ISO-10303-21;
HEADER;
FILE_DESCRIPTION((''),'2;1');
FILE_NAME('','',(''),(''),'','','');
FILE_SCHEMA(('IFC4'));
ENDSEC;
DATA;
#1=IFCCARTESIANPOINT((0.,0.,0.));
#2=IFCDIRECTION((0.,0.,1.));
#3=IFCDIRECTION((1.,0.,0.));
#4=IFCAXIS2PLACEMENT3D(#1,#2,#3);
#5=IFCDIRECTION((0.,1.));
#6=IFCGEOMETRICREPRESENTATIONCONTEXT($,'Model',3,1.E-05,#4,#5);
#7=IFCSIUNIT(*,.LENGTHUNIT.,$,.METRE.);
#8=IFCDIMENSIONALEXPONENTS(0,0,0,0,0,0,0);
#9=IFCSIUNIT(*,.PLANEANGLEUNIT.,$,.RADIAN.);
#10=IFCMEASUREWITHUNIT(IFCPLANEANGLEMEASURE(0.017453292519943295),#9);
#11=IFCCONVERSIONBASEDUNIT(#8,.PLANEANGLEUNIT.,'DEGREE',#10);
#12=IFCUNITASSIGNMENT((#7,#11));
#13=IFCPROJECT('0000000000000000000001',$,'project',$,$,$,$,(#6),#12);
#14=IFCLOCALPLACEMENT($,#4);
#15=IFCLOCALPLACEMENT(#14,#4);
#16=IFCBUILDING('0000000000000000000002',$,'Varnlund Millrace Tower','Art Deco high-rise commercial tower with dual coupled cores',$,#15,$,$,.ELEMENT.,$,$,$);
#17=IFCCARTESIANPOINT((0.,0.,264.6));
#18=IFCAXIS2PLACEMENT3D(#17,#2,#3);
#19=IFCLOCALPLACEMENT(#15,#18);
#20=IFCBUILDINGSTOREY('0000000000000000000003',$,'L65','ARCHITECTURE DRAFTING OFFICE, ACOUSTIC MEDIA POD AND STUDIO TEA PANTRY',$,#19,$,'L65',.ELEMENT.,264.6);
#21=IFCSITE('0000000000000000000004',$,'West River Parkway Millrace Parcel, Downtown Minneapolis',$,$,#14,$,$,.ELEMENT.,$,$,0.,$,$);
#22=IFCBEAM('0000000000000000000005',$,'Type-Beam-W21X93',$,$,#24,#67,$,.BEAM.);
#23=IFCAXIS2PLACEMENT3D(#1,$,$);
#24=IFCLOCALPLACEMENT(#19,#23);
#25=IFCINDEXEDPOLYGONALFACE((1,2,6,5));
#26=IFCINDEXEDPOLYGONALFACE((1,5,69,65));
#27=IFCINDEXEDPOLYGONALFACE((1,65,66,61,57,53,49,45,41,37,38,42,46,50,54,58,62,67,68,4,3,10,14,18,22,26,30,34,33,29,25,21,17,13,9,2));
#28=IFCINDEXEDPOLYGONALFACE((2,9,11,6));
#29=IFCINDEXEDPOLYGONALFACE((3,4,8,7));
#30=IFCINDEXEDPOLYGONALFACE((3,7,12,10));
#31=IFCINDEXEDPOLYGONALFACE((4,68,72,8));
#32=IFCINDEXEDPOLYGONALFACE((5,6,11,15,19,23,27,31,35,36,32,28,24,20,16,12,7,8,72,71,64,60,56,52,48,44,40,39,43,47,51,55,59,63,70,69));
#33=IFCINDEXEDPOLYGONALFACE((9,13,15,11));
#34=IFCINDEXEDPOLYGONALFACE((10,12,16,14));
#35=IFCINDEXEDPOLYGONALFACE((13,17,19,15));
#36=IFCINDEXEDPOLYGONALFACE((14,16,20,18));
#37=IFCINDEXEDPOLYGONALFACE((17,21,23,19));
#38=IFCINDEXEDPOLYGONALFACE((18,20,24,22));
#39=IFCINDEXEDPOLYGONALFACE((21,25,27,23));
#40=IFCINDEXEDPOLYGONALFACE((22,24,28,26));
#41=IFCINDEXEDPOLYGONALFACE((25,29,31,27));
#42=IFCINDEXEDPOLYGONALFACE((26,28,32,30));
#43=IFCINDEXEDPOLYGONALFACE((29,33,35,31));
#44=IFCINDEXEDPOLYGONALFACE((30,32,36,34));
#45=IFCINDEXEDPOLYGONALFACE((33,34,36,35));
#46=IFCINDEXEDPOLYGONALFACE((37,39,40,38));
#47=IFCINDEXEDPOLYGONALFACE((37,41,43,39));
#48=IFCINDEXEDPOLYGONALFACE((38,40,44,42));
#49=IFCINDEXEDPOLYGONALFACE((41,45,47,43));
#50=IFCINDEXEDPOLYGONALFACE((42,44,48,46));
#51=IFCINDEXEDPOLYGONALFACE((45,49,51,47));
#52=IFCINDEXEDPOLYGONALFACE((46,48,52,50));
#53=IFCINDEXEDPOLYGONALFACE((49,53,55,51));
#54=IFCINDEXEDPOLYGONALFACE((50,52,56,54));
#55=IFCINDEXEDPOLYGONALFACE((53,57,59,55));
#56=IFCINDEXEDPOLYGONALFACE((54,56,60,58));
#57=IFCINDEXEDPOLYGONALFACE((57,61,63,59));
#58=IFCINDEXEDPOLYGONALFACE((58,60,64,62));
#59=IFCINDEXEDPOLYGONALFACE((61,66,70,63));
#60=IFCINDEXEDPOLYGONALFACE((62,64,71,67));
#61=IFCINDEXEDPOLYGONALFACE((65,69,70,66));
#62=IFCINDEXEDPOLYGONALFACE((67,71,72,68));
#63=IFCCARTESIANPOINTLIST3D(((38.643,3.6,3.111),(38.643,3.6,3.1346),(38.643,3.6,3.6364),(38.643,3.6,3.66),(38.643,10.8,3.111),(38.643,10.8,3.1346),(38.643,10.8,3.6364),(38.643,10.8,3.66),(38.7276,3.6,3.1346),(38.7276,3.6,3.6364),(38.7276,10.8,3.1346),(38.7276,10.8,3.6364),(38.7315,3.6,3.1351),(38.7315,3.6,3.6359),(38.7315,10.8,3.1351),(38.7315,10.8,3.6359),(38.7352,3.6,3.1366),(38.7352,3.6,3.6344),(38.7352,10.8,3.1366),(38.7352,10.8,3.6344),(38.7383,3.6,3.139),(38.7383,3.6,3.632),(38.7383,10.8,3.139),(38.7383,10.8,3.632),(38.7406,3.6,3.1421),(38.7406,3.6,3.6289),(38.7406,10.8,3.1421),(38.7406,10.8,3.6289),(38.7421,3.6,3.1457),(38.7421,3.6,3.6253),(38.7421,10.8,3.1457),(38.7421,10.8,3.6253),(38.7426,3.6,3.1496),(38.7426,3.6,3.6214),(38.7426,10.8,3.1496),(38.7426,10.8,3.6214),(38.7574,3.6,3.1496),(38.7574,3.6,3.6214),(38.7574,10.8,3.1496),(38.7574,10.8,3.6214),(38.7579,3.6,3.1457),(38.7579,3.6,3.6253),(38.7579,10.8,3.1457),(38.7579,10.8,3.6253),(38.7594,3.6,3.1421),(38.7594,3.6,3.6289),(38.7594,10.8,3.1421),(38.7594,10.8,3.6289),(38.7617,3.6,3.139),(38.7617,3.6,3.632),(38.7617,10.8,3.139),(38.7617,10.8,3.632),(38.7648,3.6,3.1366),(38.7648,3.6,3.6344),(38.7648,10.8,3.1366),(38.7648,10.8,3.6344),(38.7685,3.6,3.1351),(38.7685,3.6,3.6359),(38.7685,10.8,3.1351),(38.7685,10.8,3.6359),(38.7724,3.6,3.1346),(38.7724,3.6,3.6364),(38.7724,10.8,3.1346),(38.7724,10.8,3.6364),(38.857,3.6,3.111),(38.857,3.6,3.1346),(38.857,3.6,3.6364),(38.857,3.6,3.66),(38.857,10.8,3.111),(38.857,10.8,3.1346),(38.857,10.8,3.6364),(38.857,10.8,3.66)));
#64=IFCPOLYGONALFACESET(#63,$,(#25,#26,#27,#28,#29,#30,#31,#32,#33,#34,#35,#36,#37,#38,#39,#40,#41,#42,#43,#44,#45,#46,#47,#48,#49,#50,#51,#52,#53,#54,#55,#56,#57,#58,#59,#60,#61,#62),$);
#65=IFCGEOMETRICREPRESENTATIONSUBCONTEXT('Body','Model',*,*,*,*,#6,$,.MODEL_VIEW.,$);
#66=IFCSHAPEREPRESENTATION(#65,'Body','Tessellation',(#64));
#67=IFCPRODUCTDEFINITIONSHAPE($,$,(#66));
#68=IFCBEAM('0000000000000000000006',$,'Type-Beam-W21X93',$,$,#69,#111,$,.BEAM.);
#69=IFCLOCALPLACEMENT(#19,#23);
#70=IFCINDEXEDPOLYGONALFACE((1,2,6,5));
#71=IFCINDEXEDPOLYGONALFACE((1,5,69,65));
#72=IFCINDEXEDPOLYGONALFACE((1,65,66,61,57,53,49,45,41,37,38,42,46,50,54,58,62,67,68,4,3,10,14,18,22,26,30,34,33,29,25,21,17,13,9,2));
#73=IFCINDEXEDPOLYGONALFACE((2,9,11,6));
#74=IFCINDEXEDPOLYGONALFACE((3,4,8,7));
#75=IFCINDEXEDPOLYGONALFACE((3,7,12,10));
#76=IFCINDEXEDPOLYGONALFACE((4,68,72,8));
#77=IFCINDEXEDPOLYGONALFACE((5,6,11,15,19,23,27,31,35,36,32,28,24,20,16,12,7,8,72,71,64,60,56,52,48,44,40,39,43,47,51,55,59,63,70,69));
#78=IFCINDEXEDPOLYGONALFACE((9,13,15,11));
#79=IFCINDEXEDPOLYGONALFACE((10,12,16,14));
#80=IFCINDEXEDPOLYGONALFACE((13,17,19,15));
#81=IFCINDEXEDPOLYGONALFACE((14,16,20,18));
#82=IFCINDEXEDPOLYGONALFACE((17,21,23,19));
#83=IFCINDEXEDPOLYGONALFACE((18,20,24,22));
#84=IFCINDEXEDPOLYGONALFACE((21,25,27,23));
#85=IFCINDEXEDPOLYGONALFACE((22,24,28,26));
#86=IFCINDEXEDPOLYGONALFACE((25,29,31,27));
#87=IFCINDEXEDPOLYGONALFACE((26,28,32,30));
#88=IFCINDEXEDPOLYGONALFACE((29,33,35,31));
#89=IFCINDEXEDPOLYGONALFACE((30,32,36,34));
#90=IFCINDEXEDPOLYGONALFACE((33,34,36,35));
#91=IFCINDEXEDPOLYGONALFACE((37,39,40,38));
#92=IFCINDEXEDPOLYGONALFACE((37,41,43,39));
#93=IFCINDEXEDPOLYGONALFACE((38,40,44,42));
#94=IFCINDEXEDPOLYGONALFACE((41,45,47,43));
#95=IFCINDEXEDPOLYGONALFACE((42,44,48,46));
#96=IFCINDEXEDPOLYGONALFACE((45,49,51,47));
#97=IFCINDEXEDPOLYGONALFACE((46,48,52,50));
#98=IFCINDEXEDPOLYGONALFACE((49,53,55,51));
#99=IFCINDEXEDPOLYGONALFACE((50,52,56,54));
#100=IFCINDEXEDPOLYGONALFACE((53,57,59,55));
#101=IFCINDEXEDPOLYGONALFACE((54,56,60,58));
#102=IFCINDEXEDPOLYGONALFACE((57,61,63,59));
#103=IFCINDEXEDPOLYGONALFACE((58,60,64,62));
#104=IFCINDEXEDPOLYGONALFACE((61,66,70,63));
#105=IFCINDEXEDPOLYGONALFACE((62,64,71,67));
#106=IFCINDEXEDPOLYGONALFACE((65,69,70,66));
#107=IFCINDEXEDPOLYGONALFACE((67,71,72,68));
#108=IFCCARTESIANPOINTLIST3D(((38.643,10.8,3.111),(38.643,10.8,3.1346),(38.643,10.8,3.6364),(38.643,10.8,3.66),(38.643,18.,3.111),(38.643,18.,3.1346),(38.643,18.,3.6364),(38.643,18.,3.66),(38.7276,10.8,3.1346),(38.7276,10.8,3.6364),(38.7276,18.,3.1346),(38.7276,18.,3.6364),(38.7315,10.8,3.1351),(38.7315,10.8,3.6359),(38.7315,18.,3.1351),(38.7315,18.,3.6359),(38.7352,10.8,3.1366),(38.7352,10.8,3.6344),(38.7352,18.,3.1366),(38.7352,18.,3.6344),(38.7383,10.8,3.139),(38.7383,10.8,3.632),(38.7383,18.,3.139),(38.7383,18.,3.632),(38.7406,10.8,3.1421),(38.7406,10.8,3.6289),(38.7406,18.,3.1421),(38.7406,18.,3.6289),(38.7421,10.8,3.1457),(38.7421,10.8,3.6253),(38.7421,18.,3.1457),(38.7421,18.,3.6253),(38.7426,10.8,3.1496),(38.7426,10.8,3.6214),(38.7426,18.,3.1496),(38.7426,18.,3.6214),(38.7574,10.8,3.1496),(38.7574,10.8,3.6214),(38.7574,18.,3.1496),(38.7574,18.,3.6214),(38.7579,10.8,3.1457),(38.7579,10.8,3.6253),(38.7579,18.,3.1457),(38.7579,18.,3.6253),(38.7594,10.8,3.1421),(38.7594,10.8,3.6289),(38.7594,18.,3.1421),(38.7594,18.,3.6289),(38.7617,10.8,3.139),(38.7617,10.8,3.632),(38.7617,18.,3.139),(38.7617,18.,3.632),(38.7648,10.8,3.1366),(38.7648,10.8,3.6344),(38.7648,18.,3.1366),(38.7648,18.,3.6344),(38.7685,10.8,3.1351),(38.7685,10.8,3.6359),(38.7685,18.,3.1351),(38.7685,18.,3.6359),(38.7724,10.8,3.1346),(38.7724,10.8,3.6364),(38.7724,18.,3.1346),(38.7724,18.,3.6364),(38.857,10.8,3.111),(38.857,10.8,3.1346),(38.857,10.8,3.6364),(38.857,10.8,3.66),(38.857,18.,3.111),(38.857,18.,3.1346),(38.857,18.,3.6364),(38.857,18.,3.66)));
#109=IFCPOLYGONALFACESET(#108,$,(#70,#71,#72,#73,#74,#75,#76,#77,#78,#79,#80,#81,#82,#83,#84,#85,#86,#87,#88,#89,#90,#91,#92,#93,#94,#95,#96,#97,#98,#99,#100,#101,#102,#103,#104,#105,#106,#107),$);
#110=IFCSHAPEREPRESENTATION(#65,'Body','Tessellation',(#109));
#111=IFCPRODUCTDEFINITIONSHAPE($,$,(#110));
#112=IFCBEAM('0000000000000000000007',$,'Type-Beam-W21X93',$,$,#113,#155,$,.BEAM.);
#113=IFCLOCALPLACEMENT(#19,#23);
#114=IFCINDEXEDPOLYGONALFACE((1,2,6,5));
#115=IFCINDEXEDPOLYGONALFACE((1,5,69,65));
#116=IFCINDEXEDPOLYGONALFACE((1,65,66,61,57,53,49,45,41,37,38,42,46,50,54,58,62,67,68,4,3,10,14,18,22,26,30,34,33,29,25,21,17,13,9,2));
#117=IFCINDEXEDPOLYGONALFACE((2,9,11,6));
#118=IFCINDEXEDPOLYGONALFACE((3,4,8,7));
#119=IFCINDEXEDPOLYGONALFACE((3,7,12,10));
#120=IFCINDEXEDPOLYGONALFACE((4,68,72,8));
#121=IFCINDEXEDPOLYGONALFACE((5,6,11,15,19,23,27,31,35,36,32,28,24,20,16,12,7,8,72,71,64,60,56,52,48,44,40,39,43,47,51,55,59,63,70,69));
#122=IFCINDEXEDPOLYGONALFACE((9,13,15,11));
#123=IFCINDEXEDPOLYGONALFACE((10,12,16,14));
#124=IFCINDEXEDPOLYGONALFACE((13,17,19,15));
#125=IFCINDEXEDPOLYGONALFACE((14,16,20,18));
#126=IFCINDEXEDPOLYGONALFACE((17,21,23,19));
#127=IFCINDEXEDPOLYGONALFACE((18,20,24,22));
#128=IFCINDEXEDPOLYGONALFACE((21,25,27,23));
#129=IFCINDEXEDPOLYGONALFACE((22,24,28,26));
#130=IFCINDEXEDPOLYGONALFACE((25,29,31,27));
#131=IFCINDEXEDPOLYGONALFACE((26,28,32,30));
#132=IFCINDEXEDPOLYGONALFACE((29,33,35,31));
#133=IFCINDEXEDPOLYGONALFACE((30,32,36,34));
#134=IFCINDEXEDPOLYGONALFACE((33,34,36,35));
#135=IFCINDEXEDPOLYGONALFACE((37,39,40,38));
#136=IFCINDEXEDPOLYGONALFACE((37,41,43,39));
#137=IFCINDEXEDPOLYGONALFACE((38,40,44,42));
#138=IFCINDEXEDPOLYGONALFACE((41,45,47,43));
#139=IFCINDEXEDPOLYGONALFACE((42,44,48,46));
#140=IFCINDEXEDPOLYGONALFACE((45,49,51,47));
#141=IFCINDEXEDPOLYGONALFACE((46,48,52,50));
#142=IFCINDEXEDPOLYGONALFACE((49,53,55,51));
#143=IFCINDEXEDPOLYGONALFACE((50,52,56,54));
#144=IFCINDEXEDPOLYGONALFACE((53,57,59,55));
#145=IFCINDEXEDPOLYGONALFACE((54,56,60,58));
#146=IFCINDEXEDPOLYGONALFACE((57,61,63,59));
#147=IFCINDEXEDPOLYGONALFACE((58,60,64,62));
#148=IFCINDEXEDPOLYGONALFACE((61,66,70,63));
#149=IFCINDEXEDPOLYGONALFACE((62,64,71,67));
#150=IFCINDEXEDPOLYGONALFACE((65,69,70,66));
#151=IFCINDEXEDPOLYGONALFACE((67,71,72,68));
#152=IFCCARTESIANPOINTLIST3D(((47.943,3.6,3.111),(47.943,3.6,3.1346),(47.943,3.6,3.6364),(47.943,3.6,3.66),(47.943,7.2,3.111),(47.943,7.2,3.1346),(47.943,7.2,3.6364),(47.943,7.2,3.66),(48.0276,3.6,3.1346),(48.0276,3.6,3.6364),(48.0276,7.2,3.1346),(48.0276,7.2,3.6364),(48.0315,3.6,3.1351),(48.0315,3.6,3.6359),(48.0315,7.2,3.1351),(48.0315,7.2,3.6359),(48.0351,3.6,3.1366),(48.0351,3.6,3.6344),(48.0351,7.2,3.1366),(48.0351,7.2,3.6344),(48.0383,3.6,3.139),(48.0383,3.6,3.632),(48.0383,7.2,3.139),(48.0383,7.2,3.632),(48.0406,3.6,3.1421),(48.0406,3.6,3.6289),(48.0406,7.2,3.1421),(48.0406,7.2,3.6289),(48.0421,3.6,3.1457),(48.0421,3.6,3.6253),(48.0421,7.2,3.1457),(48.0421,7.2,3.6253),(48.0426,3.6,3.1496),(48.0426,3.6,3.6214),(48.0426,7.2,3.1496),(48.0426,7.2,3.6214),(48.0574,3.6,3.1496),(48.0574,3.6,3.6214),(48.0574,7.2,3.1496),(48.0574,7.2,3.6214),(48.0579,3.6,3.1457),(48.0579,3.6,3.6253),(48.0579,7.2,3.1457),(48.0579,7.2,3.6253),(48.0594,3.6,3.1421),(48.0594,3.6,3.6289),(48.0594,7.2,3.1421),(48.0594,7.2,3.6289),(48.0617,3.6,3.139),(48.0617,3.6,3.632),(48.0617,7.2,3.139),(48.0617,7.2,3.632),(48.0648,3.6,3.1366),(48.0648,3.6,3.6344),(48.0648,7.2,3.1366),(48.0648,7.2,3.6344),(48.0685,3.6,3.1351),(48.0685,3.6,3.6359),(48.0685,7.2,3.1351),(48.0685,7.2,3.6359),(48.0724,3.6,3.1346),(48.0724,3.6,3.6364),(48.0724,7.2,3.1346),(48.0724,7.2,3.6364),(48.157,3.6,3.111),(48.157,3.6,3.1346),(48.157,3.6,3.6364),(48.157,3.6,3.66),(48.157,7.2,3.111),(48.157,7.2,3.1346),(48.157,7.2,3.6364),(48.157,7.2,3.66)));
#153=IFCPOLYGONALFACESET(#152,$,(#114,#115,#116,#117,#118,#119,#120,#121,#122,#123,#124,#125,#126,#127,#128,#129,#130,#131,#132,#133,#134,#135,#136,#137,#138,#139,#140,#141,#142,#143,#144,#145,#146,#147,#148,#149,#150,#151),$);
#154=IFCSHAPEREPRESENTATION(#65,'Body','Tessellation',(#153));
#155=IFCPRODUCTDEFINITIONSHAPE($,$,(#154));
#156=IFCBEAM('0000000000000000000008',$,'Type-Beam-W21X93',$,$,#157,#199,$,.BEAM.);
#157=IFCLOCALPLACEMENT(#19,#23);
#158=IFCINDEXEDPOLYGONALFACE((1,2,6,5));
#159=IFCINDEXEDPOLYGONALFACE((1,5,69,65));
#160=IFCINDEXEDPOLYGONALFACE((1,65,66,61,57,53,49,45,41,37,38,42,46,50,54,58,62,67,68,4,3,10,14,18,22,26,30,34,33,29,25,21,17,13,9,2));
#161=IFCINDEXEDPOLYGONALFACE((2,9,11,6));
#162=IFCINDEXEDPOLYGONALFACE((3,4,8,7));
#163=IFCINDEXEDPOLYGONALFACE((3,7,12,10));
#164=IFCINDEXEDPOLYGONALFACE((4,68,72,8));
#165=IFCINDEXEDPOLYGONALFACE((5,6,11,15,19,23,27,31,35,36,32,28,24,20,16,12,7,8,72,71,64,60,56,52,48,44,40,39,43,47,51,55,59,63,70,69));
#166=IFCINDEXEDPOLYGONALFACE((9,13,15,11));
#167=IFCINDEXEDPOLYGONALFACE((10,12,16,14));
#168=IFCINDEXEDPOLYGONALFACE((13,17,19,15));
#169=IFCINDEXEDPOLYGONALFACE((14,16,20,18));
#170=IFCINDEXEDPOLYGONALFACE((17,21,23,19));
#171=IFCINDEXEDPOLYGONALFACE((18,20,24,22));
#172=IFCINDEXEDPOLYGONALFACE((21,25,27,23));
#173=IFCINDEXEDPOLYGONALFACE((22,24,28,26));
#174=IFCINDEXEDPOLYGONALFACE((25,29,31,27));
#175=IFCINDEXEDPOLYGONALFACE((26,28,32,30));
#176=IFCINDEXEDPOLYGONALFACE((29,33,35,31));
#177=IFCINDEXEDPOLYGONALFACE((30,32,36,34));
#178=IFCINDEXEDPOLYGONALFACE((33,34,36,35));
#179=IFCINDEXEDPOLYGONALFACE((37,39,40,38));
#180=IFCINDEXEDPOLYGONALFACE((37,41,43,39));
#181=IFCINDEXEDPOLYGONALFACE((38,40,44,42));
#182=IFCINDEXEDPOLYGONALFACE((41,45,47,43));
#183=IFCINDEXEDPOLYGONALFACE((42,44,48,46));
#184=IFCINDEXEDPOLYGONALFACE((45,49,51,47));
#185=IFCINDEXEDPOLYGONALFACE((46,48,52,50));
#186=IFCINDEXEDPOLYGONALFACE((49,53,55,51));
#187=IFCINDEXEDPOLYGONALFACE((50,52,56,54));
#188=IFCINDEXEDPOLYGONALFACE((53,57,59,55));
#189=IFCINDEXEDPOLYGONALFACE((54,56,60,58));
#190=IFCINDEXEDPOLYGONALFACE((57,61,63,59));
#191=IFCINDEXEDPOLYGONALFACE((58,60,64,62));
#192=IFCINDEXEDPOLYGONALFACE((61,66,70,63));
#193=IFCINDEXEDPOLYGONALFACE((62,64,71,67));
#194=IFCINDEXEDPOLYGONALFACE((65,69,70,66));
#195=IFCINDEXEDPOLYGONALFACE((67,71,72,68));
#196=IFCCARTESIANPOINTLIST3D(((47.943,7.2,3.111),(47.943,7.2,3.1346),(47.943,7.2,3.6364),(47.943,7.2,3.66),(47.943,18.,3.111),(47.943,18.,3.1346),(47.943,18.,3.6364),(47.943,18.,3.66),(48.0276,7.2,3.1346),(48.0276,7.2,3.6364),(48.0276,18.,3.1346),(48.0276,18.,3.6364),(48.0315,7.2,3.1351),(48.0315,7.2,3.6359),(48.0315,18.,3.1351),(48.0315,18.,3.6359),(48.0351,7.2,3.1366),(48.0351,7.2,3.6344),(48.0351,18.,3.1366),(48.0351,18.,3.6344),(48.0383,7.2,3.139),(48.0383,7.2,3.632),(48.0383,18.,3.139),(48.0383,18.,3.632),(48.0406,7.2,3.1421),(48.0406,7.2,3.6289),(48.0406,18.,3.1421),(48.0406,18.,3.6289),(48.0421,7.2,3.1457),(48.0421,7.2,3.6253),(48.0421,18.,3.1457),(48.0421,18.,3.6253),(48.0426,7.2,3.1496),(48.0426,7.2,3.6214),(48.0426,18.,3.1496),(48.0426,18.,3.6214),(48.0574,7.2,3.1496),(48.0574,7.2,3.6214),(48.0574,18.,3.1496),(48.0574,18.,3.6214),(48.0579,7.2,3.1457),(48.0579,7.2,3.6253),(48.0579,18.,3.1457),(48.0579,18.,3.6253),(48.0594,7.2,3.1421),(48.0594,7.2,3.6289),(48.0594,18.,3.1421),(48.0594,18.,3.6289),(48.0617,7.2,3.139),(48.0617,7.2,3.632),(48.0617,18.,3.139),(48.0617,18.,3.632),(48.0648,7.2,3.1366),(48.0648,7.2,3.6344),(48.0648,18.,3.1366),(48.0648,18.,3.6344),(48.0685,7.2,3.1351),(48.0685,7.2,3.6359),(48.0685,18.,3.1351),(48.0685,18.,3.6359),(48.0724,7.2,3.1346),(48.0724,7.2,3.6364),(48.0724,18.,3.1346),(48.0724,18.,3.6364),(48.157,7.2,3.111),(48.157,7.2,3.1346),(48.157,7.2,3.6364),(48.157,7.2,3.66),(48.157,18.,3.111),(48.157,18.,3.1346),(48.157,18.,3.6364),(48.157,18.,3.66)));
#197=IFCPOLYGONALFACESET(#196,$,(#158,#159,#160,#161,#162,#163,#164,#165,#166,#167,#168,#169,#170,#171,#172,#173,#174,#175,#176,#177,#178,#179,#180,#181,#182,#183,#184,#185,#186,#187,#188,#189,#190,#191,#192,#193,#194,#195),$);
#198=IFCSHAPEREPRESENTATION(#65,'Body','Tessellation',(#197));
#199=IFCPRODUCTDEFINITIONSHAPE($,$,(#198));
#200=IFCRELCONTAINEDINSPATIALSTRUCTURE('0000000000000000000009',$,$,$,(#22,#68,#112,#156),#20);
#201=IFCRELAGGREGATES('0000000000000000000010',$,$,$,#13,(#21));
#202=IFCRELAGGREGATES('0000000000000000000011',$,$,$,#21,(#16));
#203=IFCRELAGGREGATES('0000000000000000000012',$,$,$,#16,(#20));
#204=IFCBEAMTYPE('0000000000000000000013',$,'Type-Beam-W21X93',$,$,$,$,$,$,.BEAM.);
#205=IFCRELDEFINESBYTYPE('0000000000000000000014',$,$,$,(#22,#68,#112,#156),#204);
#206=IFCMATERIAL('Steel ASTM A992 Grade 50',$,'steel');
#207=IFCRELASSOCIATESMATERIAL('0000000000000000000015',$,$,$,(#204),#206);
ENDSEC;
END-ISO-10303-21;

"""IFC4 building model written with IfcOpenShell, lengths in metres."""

from ifc_helpers import new_model, entity, si_unit, converted_unit, direction, frame, origin_with_axes, origin_2d_with_axis, place, context, subcontext, project, spatial, i_section, extrude, material, material_profile, profile_set, type_object, element, save


model = new_model("IFC4")

# Units and contexts
model_context = context("Model", 3, precision=1e-05, world=origin_with_axes(), true_north=direction((0.0, 1.0)))
body_context = subcontext(model_context, "Body", "Model", "MODEL_VIEW")
ifc_project = project(units=[si_unit("LENGTHUNIT", "METRE"), converted_unit("PLANEANGLEUNIT", "DEGREE", entity("IfcPlaneAngleMeasure", 0.017453292519943295), si_unit("PLANEANGLEUNIT", "RADIAN"), dimensions=[0, 0, 0, 0, 0, 0, 0])], contexts=[model_context])

# Site, building, storey
site_placement = place(None, origin_with_axes())
site = spatial("IfcSite", under=ifc_project, at=site_placement, Name="West River Parkway Millrace Parcel, Downtown Minneapolis", CompositionType="ELEMENT", RefElevation=0.0)
building_placement = place(site_placement, origin_with_axes())
building = spatial("IfcBuilding", under=site, at=building_placement, Name="Varnlund Millrace Tower", Description="Art Deco high-rise commercial tower with dual coupled cores", CompositionType="ELEMENT")
storey_placement = place(building_placement, frame((0.0, 0.0, 264.6), z_axis=(0.0, 0.0, 1.0), x_axis=(1.0, 0.0, 0.0)))
storey = spatial("IfcBuildingStorey", under=building, at=storey_placement, Name="L65", Description="ARCHITECTURE DRAFTING OFFICE, ACOUSTIC MEDIA POD AND STUDIO TEA PANTRY", LongName="L65", CompositionType="ELEMENT", Elevation=264.6)

# Beams
ifc_material_1 = material(Name="Steel ASTM A992 Grade 50", Category="steel")
ifc_material_profile_1 = material_profile(ifc_material_1, i_section(OverallWidth=0.214, OverallDepth=0.549, WebThickness=0.0147, FlangeThickness=0.0236, FilletRadius=0.015, at=origin_2d_with_axis()), Name="Steel ASTM A992 Grade 50")
ifc_profile_set_1 = profile_set([ifc_material_profile_1], Name="Steel ASTM A992 Grade 50")
beam_type_1 = type_object("IfcBeamType", Name="Type-Beam-W21X93", PredefinedType="BEAM", material=ifc_profile_set_1)
for number, where, z_axis, x_axis, name in (
    (1, (38.75, 3.6, 3.3855), (0.0, 1.0, 0.0), (-1.0, 0.0, 0.0), "Type-Beam-W21X93"),
    (2, (38.75, 10.8, 3.3855), (0.0, 1.0, 0.0), (-1.0, 0.0, 0.0), "Type-Beam-W21X93"),
):
    element("IfcBeam", number, at=place(storey_placement, frame(where, z_axis=z_axis, x_axis=x_axis)), inside=storey, type_object=beam_type_1, Name=name, PredefinedType="BEAM", context=body_context, shape_type="SweptSolid", body=[
        extrude(i_section(OverallWidth=0.214, OverallDepth=0.549, WebThickness=0.0147, FlangeThickness=0.0236, FilletRadius=0.015, at=origin_2d_with_axis()), origin_with_axes(), (0.0, 0.0, 1.0), 7.2),
    ])
beam_1_placement = place(storey_placement, frame((48.05, 3.6, 3.3855), z_axis=(0.0, 1.0, 0.0), x_axis=(-1.0, 0.0, 0.0)))
element("IfcBeam", 3, at=beam_1_placement, inside=storey, type_object=beam_type_1, Name="Type-Beam-W21X93", PredefinedType="BEAM", context=body_context, shape_type="SweptSolid", body=[
    extrude(i_section(OverallWidth=0.214, OverallDepth=0.549, WebThickness=0.0147, FlangeThickness=0.0236, FilletRadius=0.015, at=origin_2d_with_axis()), origin_with_axes(), (0.0, 0.0, 1.0), 3.6),
])
beam_2_placement = place(storey_placement, frame((48.05, 7.2, 3.3855), z_axis=(0.0, 1.0, 0.0), x_axis=(-1.0, 0.0, 0.0)))
element("IfcBeam", 4, at=beam_2_placement, inside=storey, type_object=beam_type_1, Name="Type-Beam-W21X93", PredefinedType="BEAM", context=body_context, shape_type="SweptSolid", body=[
    extrude(i_section(OverallWidth=0.214, OverallDepth=0.549, WebThickness=0.0147, FlangeThickness=0.0236, FilletRadius=0.015, at=origin_2d_with_axis()), origin_with_axes(), (0.0, 0.0, 1.0), 10.8),
])

save(model, "model.ifc")
